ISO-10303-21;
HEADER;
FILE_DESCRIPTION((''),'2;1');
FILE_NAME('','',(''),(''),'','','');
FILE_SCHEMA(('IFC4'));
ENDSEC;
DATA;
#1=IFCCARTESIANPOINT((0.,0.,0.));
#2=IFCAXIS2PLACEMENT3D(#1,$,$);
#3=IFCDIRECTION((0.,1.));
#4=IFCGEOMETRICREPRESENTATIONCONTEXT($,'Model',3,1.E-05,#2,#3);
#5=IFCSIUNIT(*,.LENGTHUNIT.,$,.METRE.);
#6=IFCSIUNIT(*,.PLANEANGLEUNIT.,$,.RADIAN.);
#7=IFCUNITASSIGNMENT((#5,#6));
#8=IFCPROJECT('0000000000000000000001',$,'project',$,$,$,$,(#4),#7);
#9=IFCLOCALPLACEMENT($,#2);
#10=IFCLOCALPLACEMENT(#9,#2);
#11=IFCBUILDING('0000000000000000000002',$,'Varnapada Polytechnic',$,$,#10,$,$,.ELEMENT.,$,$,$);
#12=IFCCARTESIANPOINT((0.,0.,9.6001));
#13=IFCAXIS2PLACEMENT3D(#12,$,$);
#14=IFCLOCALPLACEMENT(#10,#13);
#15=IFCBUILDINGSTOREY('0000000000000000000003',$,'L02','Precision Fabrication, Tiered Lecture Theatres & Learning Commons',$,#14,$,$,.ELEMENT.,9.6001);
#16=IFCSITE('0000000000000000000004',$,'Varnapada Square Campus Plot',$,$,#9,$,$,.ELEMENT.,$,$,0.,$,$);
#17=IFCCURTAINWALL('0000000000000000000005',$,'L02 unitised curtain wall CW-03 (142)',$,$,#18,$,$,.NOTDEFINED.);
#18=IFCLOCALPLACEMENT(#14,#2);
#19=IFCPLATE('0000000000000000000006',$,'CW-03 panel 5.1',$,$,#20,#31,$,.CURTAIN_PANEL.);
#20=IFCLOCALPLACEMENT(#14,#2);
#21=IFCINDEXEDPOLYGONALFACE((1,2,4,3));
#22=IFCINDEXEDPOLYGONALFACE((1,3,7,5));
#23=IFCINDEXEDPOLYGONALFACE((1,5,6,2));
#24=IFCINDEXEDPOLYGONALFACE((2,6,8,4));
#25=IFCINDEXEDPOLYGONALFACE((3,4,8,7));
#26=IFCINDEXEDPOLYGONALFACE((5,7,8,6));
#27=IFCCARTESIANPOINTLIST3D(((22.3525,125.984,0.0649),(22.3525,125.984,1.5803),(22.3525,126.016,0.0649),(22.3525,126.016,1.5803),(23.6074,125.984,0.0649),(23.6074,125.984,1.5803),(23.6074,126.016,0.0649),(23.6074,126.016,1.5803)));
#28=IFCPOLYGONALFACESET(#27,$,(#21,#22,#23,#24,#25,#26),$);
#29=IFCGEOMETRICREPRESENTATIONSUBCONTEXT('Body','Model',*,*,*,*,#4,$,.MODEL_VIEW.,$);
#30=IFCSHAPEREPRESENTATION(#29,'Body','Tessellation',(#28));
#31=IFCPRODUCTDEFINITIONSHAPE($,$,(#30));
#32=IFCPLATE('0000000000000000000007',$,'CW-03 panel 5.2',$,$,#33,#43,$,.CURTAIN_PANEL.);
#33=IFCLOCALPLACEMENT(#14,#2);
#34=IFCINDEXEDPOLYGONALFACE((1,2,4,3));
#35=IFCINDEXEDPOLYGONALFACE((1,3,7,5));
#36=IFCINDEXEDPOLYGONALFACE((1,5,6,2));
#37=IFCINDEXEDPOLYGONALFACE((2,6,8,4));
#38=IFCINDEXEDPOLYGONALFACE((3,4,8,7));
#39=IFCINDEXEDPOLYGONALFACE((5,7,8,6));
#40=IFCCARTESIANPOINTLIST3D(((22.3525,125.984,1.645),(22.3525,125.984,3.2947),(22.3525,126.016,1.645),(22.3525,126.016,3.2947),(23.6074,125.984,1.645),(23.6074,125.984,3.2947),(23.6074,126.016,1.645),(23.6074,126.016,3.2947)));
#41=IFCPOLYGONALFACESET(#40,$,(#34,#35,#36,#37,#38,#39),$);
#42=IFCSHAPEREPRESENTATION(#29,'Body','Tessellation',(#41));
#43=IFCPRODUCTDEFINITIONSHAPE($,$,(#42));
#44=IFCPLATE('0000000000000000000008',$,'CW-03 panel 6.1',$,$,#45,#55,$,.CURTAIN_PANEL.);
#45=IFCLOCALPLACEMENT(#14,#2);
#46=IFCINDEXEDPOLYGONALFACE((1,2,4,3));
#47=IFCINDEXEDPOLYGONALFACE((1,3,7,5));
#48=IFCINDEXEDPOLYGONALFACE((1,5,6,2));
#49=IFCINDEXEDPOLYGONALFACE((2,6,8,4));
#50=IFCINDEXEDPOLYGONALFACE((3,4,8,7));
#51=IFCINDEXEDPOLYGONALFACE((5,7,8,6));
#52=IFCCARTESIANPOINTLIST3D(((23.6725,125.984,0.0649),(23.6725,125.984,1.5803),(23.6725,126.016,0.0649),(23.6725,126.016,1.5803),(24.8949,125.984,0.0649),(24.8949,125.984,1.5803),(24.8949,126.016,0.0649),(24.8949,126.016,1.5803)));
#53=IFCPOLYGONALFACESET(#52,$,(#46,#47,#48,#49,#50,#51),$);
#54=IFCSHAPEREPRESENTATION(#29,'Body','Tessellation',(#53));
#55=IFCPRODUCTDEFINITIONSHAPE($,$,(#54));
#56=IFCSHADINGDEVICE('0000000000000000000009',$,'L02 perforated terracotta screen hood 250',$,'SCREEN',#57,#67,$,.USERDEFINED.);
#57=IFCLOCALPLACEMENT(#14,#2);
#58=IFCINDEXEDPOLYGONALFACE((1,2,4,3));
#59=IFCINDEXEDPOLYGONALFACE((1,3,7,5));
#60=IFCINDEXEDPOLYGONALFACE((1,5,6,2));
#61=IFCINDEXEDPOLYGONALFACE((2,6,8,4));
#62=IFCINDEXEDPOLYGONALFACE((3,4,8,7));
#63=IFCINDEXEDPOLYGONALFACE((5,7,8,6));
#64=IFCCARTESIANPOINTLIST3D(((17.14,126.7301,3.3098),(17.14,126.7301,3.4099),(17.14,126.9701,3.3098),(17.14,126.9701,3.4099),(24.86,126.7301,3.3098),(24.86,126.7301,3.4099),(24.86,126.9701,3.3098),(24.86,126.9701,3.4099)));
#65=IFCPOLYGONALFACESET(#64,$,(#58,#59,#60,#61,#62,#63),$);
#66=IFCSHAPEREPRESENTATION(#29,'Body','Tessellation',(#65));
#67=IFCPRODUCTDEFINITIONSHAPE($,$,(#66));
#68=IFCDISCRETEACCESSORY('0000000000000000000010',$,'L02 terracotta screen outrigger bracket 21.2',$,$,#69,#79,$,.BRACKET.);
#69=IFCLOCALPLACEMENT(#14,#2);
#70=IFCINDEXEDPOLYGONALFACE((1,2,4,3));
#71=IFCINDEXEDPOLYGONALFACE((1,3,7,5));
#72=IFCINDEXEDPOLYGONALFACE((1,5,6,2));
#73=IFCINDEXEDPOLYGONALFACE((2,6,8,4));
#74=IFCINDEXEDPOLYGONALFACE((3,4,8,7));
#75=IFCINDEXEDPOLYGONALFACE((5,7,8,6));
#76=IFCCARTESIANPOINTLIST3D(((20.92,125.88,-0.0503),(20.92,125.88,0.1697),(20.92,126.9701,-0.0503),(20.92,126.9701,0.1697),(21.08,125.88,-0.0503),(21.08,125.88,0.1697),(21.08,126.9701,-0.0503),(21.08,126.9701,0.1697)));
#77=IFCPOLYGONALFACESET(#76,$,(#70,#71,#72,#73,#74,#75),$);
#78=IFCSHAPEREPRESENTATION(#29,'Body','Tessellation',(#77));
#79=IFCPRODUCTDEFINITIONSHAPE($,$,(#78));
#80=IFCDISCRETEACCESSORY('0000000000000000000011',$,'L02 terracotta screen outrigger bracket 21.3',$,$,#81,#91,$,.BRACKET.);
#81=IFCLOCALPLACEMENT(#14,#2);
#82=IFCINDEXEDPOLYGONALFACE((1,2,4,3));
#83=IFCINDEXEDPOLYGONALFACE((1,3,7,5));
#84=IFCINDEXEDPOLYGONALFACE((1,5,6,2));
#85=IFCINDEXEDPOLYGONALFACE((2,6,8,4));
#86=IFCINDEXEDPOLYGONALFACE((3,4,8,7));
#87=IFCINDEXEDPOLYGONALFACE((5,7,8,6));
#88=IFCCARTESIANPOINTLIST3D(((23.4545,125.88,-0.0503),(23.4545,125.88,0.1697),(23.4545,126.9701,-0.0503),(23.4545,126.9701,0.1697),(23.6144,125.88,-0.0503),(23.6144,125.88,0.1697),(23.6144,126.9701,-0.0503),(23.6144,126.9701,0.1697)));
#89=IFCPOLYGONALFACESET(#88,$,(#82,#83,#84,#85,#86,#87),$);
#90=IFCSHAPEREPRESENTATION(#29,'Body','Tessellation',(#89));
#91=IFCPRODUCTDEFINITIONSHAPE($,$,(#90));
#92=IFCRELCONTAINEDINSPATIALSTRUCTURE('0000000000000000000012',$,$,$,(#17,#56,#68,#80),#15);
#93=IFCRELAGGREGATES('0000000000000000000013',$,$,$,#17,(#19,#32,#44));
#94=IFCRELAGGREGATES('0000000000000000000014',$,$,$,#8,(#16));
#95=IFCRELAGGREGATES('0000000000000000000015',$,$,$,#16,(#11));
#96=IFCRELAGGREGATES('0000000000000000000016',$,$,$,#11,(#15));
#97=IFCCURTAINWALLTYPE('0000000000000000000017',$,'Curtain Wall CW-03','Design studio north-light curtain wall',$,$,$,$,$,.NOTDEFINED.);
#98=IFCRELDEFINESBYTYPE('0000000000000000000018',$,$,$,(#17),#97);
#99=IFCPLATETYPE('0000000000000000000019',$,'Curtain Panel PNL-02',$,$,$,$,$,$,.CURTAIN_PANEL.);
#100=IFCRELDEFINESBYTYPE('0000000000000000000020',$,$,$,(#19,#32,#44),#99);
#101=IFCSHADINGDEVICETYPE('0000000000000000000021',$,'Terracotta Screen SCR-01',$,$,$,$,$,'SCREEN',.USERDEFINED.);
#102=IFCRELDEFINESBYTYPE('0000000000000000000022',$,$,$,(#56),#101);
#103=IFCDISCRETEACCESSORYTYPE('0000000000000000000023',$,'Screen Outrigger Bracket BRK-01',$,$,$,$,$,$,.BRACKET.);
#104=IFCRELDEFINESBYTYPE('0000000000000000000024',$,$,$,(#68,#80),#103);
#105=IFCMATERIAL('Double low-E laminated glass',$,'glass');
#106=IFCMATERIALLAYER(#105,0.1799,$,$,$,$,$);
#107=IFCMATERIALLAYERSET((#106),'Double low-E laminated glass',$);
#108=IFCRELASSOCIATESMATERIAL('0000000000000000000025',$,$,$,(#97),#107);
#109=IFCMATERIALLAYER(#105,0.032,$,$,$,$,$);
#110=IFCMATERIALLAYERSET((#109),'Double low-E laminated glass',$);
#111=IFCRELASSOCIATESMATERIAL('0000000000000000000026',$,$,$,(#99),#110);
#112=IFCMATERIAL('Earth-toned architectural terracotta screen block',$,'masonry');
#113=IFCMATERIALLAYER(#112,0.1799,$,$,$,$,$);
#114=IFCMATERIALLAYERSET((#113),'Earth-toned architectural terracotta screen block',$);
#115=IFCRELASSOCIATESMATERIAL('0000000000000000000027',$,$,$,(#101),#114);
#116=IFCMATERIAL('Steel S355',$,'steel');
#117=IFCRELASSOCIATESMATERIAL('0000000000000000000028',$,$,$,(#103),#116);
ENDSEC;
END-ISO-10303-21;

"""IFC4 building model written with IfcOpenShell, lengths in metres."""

from ifc_helpers import new_model, si_unit, direction, frame, origin, origin_2d, place, context, subcontext, project, spatial, rectangle, extrude, material, layer, layer_set, type_object, element, aggregate, save


model = new_model("IFC4")

# Units and contexts
model_context = context("Model", 3, precision=1e-05, world=origin(), true_north=direction((0.0, 1.0)))
body_context = subcontext(model_context, "Body", "Model", "MODEL_VIEW")
ifc_project = project(units=[si_unit("LENGTHUNIT", "METRE"), si_unit("PLANEANGLEUNIT", "RADIAN")], contexts=[model_context])

# Site, building, storey
site_placement = place(None, origin())
site = spatial("IfcSite", under=ifc_project, at=site_placement, Name="Varnapada Square Campus Plot", CompositionType="ELEMENT", RefElevation=0.0)
building_placement = place(site_placement, origin())
building = spatial("IfcBuilding", under=site, at=building_placement, Name="Varnapada Polytechnic", CompositionType="ELEMENT")
storey_placement = place(building_placement, frame((0.0, 0.0, 9.6001)))
storey = spatial("IfcBuildingStorey", under=building, at=storey_placement, Name="L02", Description="Precision Fabrication, Tiered Lecture Theatres & Learning Commons", CompositionType="ELEMENT", Elevation=9.6001)

# Curtain wall, plates
ifc_material_1 = material(Name="Double low-E laminated glass", Category="glass")
ifc_layer_1 = layer(ifc_material_1, 0.1799)
ifc_layer_set_1 = layer_set([ifc_layer_1], Name="Double low-E laminated glass")
curtain_wall_type = type_object("IfcCurtainWallType", Name="Curtain Wall CW-03", Description="Design studio north-light curtain wall", PredefinedType="NOTDEFINED", material=ifc_layer_set_1)
curtain_wall_placement = place(storey_placement, origin())
curtain_wall = element("IfcCurtainWall", 1, at=curtain_wall_placement, inside=storey, type_object=curtain_wall_type, Name="L02 unitised curtain wall CW-03 (142)", PredefinedType="NOTDEFINED")
ifc_layer_2 = layer(ifc_material_1, 0.032)
ifc_layer_set_2 = layer_set([ifc_layer_2], Name="Double low-E laminated glass")
plate_type = type_object("IfcPlateType", Name="Curtain Panel PNL-02", PredefinedType="CURTAIN_PANEL", material=ifc_layer_set_2)
plate_1_placement = place(storey_placement, frame((22.98, 126.0, 0.0649), z_axis=(0.0, 0.0, 1.0), x_axis=(1.0, 0.0, 0.0)))
plate_1 = element("IfcPlate", 2, at=plate_1_placement, type_object=plate_type, Name="CW-03 panel 5.1", PredefinedType="CURTAIN_PANEL", context=body_context, shape_type="SweptSolid", body=[
    extrude(rectangle(XDim=1.2549, YDim=0.032, at=origin_2d()), origin(), (0.0, 0.0, 1.0), 1.5154),
])
plate_2_placement = place(storey_placement, frame((22.98, 126.0, 1.645), z_axis=(0.0, 0.0, 1.0), x_axis=(1.0, 0.0, 0.0)))
plate_2 = element("IfcPlate", 3, at=plate_2_placement, type_object=plate_type, Name="CW-03 panel 5.2", PredefinedType="CURTAIN_PANEL", context=body_context, shape_type="SweptSolid", body=[
    extrude(rectangle(XDim=1.2549, YDim=0.032, at=origin_2d()), origin(), (0.0, 0.0, 1.0), 1.6497),
])
plate_3_placement = place(storey_placement, frame((24.2837, 126.0, 0.0649), z_axis=(0.0, 0.0, 1.0), x_axis=(1.0, 0.0, 0.0)))
plate_3 = element("IfcPlate", 4, at=plate_3_placement, type_object=plate_type, Name="CW-03 panel 6.1", PredefinedType="CURTAIN_PANEL", context=body_context, shape_type="SweptSolid", body=[
    extrude(rectangle(XDim=1.2224, YDim=0.032, at=origin_2d()), origin(), (0.0, 0.0, 1.0), 1.5154),
])
aggregate(curtain_wall, [plate_1, plate_2, plate_3])

# Shading device
ifc_material_2 = material(Name="Earth-toned architectural terracotta screen block", Category="masonry")
ifc_layer_3 = layer(ifc_material_2, 0.1799)
ifc_layer_set_3 = layer_set([ifc_layer_3], Name="Earth-toned architectural terracotta screen block")
shading_device_type = type_object("IfcShadingDeviceType", Name="Terracotta Screen SCR-01", ElementType="SCREEN", PredefinedType="USERDEFINED", material=ifc_layer_set_3)
shading_device_placement = place(storey_placement, frame((21.0, 126.8501, 3.3098), z_axis=(0.0, 0.0, 1.0), x_axis=(1.0, 0.0, 0.0)))
element("IfcShadingDevice", 5, at=shading_device_placement, inside=storey, type_object=shading_device_type, Name="L02 perforated terracotta screen hood 250", ObjectType="SCREEN", PredefinedType="USERDEFINED", context=body_context, shape_type="SweptSolid", body=[
    extrude(rectangle(XDim=7.72, YDim=0.24, at=origin_2d()), origin(), (0.0, 0.0, 1.0), 0.1001),
])

# Discrete accessories
ifc_material_3 = material(Name="Steel S355", Category="steel")
discrete_accessory_type = type_object("IfcDiscreteAccessoryType", Name="Screen Outrigger Bracket BRK-01", PredefinedType="BRACKET", material=ifc_material_3)
for number, where, z_axis, x_axis, name in (
    (6, (21.0, 126.425, -0.0503), (0.0, 0.0, 1.0), (1.0, 0.0, 0.0), "L02 terracotta screen outrigger bracket 21.2"),
    (7, (23.5344, 126.425, -0.0503), (0.0, 0.0, 1.0), (1.0, 0.0, 0.0), "L02 terracotta screen outrigger bracket 21.3"),
):
    element("IfcDiscreteAccessory", number, at=place(storey_placement, frame(where, z_axis=z_axis, x_axis=x_axis)), inside=storey, type_object=discrete_accessory_type, Name=name, PredefinedType="BRACKET", context=body_context, shape_type="SweptSolid", body=[
        extrude(rectangle(XDim=0.1599, YDim=1.0901, at=origin_2d()), origin(), (0.0, 0.0, 1.0), 0.22),
    ])

save(model, "model.ifc")
